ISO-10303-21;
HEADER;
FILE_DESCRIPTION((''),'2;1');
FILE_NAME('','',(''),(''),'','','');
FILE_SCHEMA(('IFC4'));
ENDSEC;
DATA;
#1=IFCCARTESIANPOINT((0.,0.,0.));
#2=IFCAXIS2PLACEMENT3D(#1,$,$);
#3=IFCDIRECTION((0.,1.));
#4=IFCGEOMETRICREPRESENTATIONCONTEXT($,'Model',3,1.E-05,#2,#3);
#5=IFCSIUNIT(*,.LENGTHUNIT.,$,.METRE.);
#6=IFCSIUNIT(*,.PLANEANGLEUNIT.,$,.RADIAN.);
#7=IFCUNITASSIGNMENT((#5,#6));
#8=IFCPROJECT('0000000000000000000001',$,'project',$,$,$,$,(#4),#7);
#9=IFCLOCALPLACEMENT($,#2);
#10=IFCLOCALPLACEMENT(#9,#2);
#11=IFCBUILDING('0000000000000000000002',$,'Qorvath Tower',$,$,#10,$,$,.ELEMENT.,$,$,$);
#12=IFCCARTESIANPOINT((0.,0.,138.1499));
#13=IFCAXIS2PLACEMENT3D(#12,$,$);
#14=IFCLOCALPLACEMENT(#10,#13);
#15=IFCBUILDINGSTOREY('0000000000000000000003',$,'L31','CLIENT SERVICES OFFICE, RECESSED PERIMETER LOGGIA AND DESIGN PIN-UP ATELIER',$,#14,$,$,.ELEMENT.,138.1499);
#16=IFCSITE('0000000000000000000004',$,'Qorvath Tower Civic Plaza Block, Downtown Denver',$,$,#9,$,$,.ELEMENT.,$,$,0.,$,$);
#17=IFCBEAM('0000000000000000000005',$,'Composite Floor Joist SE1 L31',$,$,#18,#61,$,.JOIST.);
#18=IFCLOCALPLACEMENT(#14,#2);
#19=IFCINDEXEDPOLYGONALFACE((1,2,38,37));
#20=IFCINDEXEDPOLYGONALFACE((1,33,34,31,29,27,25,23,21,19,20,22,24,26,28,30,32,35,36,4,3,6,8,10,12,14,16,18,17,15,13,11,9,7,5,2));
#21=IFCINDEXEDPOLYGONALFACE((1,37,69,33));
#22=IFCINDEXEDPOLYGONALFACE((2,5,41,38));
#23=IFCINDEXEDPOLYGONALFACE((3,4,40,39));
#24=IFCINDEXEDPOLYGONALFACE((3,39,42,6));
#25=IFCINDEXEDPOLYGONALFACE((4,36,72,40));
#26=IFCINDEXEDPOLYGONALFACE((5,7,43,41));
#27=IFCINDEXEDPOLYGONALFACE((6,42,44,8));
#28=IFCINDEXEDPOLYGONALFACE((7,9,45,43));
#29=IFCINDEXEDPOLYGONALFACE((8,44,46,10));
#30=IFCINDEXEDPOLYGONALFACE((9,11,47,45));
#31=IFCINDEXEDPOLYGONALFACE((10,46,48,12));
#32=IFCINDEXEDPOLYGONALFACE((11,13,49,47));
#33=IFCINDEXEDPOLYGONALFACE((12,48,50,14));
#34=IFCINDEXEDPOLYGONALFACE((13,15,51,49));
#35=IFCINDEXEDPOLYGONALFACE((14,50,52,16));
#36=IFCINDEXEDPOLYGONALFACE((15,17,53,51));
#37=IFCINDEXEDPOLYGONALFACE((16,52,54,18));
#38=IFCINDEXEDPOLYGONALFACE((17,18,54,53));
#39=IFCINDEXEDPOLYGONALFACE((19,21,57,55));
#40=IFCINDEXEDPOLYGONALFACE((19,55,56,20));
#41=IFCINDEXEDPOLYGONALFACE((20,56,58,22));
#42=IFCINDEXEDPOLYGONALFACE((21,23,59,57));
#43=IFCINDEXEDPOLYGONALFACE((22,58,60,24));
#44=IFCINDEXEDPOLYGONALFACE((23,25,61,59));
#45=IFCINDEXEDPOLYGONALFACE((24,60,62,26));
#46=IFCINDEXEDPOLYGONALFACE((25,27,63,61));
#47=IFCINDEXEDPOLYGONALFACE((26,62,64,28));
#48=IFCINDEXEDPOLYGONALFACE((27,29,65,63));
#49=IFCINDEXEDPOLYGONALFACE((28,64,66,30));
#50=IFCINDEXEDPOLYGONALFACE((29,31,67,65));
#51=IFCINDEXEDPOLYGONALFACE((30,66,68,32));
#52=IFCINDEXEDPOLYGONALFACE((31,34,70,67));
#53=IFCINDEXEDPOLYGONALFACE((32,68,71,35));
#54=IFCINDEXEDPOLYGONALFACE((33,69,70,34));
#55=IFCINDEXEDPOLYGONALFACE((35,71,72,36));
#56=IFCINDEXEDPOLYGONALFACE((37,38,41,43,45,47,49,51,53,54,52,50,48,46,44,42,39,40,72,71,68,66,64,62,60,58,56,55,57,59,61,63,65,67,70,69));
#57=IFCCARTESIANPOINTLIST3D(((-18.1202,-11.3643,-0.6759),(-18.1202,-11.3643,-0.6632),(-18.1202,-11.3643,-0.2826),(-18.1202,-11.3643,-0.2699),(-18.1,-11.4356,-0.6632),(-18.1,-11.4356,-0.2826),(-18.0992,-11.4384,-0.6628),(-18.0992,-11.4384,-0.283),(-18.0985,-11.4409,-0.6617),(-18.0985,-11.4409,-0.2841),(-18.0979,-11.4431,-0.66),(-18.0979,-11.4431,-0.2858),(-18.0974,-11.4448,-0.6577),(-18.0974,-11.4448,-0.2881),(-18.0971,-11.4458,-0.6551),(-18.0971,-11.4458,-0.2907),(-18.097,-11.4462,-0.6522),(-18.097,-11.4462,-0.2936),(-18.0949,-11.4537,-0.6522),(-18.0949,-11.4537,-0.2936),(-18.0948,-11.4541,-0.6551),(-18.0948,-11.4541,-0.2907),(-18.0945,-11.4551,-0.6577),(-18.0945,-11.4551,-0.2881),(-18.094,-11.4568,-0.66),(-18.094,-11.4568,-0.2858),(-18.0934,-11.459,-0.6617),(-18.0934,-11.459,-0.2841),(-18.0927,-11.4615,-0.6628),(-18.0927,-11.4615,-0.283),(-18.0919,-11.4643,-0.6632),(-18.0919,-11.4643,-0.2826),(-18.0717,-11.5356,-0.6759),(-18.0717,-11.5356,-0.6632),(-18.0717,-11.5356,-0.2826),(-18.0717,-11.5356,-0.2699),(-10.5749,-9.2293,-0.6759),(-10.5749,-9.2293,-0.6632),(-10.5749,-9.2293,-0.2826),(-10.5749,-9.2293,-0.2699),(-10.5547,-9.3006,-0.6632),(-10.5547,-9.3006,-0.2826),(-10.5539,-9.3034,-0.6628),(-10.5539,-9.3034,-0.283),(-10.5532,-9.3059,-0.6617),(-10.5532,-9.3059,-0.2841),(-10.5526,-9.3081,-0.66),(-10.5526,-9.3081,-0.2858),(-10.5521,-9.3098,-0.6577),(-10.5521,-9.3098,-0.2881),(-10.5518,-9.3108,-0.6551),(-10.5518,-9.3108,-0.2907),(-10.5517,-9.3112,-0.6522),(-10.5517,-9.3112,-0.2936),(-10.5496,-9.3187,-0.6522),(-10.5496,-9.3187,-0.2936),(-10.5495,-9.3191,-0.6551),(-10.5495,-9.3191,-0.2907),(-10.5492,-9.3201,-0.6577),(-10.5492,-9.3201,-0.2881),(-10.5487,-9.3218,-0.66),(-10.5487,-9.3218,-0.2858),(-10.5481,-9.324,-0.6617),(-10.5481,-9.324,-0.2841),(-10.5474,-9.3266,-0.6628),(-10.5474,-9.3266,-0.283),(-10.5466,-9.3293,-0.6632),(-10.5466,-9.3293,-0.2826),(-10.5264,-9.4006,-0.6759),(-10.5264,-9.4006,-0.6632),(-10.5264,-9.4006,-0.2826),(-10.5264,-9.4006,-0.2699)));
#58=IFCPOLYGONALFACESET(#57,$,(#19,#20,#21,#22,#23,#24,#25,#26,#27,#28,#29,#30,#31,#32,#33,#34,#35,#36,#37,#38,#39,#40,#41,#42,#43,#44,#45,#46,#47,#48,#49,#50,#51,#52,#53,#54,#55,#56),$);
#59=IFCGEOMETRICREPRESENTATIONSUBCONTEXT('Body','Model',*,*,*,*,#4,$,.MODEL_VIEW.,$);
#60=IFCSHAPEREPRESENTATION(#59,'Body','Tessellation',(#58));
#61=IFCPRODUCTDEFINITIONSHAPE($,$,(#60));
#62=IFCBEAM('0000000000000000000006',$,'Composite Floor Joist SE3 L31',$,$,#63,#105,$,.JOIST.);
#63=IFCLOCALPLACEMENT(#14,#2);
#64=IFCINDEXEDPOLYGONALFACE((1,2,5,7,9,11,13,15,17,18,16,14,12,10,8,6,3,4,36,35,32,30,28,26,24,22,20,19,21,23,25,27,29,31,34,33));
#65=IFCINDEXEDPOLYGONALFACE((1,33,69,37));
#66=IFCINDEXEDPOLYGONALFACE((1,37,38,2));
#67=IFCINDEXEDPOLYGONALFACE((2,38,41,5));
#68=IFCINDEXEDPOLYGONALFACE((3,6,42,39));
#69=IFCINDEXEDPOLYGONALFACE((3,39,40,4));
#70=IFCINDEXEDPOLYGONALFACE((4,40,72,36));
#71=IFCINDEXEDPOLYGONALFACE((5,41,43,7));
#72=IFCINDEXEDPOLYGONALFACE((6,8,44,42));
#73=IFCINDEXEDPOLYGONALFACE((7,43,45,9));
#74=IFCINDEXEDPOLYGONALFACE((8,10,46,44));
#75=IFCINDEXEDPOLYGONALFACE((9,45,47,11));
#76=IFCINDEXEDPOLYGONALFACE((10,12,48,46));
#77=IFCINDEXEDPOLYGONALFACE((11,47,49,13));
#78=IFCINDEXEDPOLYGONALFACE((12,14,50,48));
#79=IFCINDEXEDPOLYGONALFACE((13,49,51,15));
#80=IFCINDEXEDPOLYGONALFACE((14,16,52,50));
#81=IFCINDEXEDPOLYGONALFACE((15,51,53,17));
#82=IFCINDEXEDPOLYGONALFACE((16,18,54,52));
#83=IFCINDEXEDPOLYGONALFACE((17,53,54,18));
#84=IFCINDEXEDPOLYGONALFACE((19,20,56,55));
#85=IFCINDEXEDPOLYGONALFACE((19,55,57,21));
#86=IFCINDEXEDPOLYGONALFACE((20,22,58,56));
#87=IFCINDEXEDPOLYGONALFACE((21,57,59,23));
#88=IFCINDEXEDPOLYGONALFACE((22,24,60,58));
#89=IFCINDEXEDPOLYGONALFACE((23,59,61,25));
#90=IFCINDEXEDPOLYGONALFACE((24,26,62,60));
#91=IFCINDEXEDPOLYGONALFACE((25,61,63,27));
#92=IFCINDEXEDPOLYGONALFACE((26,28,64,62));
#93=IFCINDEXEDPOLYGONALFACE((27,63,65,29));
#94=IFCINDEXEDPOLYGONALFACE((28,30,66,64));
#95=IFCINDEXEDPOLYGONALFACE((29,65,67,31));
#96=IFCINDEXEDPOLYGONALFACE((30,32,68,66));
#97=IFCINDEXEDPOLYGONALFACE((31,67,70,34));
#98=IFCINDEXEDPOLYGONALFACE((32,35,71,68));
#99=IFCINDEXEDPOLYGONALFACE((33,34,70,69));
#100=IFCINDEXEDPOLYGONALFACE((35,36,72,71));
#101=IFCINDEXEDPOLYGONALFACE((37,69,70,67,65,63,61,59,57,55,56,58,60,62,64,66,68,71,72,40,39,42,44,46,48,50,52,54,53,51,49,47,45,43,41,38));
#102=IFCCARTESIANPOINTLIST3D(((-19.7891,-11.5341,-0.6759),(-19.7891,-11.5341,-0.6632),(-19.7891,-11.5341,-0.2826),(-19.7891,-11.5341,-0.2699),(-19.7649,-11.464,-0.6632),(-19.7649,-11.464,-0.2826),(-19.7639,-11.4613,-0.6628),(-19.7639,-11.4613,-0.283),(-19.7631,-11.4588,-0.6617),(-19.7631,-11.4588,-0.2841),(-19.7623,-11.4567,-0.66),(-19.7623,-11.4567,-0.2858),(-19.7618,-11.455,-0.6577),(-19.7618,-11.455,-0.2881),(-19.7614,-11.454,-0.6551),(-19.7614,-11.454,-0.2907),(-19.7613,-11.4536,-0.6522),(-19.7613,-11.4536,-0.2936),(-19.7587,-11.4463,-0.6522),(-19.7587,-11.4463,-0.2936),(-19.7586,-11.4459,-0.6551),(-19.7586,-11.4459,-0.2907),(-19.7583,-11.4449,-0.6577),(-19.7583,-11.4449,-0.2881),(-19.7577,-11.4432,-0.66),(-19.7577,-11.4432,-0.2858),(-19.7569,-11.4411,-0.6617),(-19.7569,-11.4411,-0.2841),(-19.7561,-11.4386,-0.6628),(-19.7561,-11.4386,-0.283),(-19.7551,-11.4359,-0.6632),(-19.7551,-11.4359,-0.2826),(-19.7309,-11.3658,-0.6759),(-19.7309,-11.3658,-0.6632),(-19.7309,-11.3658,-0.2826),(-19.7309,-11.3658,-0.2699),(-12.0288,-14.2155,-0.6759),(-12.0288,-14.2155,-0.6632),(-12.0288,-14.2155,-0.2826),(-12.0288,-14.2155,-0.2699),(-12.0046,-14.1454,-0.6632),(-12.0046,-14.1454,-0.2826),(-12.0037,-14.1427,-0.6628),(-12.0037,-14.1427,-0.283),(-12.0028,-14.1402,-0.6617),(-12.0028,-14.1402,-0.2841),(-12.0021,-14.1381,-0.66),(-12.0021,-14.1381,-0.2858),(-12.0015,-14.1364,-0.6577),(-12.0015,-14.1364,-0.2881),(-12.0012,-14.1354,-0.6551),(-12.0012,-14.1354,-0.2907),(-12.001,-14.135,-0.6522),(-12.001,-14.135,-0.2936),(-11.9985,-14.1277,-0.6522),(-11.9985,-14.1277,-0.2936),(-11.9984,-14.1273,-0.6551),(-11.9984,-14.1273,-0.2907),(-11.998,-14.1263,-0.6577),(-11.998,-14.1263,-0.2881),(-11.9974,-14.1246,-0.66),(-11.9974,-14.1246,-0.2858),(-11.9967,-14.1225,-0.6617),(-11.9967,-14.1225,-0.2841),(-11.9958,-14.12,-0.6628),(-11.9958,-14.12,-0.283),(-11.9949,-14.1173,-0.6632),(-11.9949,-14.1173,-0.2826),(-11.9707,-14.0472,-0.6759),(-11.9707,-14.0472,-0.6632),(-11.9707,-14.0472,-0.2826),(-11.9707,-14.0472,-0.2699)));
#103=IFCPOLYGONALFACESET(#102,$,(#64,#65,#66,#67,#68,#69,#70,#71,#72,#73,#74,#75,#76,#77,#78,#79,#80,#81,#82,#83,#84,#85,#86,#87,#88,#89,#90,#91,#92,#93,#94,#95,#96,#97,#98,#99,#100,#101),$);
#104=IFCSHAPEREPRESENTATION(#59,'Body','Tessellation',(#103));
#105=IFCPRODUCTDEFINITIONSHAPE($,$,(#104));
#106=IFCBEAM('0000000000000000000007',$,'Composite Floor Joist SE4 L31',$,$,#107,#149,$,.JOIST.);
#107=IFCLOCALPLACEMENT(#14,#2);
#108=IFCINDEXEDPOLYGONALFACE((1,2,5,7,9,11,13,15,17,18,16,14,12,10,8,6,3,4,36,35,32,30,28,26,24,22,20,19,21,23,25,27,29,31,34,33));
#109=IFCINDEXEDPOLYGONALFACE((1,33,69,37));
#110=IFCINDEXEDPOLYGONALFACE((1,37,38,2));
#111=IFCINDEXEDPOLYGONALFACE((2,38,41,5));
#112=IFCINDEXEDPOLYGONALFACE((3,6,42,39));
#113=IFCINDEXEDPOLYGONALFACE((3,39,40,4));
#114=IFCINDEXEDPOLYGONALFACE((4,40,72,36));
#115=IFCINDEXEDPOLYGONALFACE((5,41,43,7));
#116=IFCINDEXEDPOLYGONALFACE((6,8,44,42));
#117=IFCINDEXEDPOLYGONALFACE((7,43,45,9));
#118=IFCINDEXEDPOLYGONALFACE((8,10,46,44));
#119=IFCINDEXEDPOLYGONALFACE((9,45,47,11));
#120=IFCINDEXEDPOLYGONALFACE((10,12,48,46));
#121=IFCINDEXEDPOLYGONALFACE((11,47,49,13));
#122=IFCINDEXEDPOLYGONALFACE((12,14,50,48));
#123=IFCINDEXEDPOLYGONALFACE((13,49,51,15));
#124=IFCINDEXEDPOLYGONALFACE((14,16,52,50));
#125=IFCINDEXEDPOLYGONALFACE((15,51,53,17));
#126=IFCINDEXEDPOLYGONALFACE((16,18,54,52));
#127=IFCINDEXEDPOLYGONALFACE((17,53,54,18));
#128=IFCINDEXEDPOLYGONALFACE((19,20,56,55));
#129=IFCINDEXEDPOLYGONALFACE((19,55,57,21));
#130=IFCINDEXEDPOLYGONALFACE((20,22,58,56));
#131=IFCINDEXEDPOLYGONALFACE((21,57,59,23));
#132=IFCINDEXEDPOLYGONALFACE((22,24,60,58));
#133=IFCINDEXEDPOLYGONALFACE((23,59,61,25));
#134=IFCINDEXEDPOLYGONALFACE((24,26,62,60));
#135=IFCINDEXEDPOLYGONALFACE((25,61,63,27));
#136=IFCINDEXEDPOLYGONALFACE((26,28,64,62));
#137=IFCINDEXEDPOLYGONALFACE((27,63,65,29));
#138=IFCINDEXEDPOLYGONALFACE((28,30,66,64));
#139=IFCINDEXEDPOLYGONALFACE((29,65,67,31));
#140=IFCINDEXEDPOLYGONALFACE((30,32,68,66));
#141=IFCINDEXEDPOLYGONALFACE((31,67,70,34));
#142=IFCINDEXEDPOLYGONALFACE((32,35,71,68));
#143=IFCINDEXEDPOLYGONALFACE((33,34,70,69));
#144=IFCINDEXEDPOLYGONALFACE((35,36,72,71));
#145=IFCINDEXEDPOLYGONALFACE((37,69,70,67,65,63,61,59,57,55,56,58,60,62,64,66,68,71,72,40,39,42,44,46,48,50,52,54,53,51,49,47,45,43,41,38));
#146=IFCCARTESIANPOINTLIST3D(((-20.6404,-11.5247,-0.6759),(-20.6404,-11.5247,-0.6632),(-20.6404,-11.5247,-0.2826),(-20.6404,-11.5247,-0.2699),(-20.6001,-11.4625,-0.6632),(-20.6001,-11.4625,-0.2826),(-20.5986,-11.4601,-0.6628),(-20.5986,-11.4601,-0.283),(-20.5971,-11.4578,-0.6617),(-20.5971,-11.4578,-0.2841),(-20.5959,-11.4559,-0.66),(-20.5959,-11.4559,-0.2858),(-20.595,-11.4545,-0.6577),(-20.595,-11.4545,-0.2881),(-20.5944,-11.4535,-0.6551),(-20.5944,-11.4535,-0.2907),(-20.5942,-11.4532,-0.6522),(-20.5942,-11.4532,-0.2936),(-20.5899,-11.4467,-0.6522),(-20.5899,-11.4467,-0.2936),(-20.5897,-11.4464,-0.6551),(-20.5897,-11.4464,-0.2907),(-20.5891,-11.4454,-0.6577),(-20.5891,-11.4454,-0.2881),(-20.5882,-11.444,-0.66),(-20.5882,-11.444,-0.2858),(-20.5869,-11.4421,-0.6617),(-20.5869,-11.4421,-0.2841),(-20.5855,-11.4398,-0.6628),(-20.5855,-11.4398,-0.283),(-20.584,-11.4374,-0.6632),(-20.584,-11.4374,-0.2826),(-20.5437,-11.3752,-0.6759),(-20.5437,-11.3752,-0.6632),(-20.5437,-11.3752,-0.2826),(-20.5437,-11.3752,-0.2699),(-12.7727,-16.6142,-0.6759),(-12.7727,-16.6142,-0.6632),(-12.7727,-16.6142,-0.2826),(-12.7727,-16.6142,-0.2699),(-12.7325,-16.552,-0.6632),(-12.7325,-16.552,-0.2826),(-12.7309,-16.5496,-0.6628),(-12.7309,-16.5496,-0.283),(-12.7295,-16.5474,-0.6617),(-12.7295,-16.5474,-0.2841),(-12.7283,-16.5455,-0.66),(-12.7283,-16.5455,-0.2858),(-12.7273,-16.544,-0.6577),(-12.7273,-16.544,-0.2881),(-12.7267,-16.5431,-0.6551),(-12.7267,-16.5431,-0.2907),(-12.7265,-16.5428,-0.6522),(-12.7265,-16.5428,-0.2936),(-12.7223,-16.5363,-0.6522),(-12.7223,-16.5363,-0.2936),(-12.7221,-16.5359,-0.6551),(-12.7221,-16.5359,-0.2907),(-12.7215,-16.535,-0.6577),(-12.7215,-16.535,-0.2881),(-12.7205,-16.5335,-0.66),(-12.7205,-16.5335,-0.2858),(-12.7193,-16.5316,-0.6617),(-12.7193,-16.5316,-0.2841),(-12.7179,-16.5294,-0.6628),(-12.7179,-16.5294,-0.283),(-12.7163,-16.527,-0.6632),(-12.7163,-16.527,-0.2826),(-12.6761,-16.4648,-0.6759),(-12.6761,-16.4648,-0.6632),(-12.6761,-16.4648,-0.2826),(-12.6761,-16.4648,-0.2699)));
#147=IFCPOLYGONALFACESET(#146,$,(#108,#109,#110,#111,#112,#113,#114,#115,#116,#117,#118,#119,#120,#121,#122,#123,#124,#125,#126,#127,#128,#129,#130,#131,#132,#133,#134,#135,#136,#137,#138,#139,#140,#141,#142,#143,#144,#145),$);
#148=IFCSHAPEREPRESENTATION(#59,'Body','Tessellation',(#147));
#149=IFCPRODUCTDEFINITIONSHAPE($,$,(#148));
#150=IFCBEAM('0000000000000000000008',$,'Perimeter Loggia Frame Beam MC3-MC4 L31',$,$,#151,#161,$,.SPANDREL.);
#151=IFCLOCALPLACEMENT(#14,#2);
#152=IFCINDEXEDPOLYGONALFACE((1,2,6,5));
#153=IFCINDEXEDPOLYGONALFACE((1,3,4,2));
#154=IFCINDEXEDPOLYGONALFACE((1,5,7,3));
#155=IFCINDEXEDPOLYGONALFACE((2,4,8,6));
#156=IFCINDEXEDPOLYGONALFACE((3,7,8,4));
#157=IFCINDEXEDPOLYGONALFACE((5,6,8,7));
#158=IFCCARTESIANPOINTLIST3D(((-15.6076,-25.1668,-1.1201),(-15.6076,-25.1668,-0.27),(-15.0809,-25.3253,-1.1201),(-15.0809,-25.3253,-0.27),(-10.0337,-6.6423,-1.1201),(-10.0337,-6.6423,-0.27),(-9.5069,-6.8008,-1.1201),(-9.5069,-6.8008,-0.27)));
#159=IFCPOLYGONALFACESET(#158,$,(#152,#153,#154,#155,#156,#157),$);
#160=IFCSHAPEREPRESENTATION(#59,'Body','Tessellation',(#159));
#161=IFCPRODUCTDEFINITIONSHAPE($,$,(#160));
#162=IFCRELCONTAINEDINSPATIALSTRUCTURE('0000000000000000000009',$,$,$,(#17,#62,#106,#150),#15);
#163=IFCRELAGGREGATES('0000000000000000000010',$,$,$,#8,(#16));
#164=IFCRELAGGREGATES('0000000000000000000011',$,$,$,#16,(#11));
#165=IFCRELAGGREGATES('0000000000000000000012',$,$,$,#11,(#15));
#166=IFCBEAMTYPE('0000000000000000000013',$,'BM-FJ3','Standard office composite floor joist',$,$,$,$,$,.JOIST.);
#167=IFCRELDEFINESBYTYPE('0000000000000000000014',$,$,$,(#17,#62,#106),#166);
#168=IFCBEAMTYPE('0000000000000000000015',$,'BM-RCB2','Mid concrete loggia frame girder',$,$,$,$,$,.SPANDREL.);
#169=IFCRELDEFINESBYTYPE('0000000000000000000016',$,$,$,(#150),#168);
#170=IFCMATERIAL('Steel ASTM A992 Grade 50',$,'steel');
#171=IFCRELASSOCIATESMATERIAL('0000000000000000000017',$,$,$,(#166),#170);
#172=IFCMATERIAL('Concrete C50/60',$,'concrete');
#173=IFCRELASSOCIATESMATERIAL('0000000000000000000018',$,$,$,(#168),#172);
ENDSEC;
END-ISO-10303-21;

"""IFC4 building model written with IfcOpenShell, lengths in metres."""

from ifc_helpers import new_model, si_unit, direction, frame, origin, origin_2d, place, context, subcontext, project, spatial, rectangle, i_section, extrude, material, material_profile, profile_set, type_object, element, save


model = new_model("IFC4")

# Units and contexts
model_context = context("Model", 3, precision=1e-05, world=origin(), true_north=direction((0.0, 1.0)))
body_context = subcontext(model_context, "Body", "Model", "MODEL_VIEW")
ifc_project = project(units=[si_unit("LENGTHUNIT", "METRE"), si_unit("PLANEANGLEUNIT", "RADIAN")], contexts=[model_context])

# Site, building, storey
site_placement = place(None, origin())
site = spatial("IfcSite", under=ifc_project, at=site_placement, Name="Qorvath Tower Civic Plaza Block, Downtown Denver", CompositionType="ELEMENT", RefElevation=0.0)
building_placement = place(site_placement, origin())
building = spatial("IfcBuilding", under=site, at=building_placement, Name="Qorvath Tower", CompositionType="ELEMENT")
storey_placement = place(building_placement, frame((0.0, 0.0, 138.1499)))
storey = spatial("IfcBuildingStorey", under=building, at=storey_placement, Name="L31", Description="CLIENT SERVICES OFFICE, RECESSED PERIMETER LOGGIA AND DESIGN PIN-UP ATELIER", CompositionType="ELEMENT", Elevation=138.1499)

# Beams
ifc_material_1 = material(Name="Steel ASTM A992 Grade 50", Category="steel")
ifc_material_profile_1 = material_profile(ifc_material_1, i_section(OverallWidth=0.178, OverallDepth=0.406, WebThickness=0.0078, FlangeThickness=0.0127, FilletRadius=0.011, at=origin_2d()), Name="W16x40")
ifc_profile_set_1 = profile_set([ifc_material_profile_1], Name="Steel ASTM A992 Grade 50")
beam_type_1 = type_object("IfcBeamType", Name="BM-FJ3", Description="Standard office composite floor joist", PredefinedType="JOIST", material=ifc_profile_set_1)
beam_1_placement = place(storey_placement, frame((-18.0959, -11.45, -0.4729), z_axis=(0.962222, 0.272265, 0.0), x_axis=(-0.272265, 0.962222, 0.0)))
element("IfcBeam", 1, at=beam_1_placement, inside=storey, type_object=beam_type_1, Name="Composite Floor Joist SE1 L31", PredefinedType="JOIST", context=body_context, shape_type="SweptSolid", body=[
    extrude(i_section(OverallWidth=0.178, OverallDepth=0.406, WebThickness=0.0078, FlangeThickness=0.0127, FilletRadius=0.011, at=origin_2d()), origin(), (0.0, 0.0, 1.0), 7.8416),
])
beam_2_placement = place(storey_placement, frame((-19.76, -11.45, -0.4729), z_axis=(0.945168, -0.326584, 0.0), x_axis=(0.326584, 0.945168, 0.0)))
element("IfcBeam", 2, at=beam_2_placement, inside=storey, type_object=beam_type_1, Name="Composite Floor Joist SE3 L31", PredefinedType="JOIST", context=body_context, shape_type="SweptSolid", body=[
    extrude(i_section(OverallWidth=0.178, OverallDepth=0.406, WebThickness=0.0078, FlangeThickness=0.0127, FilletRadius=0.011, at=origin_2d()), origin(), (0.0, 0.0, 1.0), 8.2104),
])
beam_3_placement = place(storey_placement, frame((-20.592, -11.45, -0.4729), z_axis=(0.839631, -0.543157, 0.0), x_axis=(0.543157, 0.839631, 0.0)))
element("IfcBeam", 3, at=beam_3_placement, inside=storey, type_object=beam_type_1, Name="Composite Floor Joist SE4 L31", PredefinedType="JOIST", context=body_context, shape_type="SweptSolid", body=[
    extrude(i_section(OverallWidth=0.178, OverallDepth=0.406, WebThickness=0.0078, FlangeThickness=0.0127, FilletRadius=0.011, at=origin_2d()), origin(), (0.0, 0.0, 1.0), 9.3704),
])
ifc_material_2 = material(Name="Concrete C50/60", Category="concrete")
ifc_material_profile_2 = material_profile(ifc_material_2, rectangle(XDim=0.55, YDim=0.8501, at=origin_2d()), Name="RCB 850x550")
ifc_profile_set_2 = profile_set([ifc_material_profile_2], Name="Concrete C50/60")
beam_type_2 = type_object("IfcBeamType", Name="BM-RCB2", Description="Mid concrete loggia frame girder", PredefinedType="SPANDREL", material=ifc_profile_set_2)
beam_4_placement = place(storey_placement, frame((-15.3442, -25.2461, -0.6951), z_axis=(0.288134, 0.95759, 0.0), x_axis=(-0.95759, 0.288134, 0.0)))
element("IfcBeam", 4, at=beam_4_placement, inside=storey, type_object=beam_type_2, Name="Perimeter Loggia Frame Beam MC3-MC4 L31", PredefinedType="SPANDREL", context=body_context, shape_type="SweptSolid", body=[
    extrude(rectangle(XDim=0.55, YDim=0.8501, at=origin_2d()), origin(), (0.0, 0.0, 1.0), 19.345),
])

save(model, "model.ifc")
